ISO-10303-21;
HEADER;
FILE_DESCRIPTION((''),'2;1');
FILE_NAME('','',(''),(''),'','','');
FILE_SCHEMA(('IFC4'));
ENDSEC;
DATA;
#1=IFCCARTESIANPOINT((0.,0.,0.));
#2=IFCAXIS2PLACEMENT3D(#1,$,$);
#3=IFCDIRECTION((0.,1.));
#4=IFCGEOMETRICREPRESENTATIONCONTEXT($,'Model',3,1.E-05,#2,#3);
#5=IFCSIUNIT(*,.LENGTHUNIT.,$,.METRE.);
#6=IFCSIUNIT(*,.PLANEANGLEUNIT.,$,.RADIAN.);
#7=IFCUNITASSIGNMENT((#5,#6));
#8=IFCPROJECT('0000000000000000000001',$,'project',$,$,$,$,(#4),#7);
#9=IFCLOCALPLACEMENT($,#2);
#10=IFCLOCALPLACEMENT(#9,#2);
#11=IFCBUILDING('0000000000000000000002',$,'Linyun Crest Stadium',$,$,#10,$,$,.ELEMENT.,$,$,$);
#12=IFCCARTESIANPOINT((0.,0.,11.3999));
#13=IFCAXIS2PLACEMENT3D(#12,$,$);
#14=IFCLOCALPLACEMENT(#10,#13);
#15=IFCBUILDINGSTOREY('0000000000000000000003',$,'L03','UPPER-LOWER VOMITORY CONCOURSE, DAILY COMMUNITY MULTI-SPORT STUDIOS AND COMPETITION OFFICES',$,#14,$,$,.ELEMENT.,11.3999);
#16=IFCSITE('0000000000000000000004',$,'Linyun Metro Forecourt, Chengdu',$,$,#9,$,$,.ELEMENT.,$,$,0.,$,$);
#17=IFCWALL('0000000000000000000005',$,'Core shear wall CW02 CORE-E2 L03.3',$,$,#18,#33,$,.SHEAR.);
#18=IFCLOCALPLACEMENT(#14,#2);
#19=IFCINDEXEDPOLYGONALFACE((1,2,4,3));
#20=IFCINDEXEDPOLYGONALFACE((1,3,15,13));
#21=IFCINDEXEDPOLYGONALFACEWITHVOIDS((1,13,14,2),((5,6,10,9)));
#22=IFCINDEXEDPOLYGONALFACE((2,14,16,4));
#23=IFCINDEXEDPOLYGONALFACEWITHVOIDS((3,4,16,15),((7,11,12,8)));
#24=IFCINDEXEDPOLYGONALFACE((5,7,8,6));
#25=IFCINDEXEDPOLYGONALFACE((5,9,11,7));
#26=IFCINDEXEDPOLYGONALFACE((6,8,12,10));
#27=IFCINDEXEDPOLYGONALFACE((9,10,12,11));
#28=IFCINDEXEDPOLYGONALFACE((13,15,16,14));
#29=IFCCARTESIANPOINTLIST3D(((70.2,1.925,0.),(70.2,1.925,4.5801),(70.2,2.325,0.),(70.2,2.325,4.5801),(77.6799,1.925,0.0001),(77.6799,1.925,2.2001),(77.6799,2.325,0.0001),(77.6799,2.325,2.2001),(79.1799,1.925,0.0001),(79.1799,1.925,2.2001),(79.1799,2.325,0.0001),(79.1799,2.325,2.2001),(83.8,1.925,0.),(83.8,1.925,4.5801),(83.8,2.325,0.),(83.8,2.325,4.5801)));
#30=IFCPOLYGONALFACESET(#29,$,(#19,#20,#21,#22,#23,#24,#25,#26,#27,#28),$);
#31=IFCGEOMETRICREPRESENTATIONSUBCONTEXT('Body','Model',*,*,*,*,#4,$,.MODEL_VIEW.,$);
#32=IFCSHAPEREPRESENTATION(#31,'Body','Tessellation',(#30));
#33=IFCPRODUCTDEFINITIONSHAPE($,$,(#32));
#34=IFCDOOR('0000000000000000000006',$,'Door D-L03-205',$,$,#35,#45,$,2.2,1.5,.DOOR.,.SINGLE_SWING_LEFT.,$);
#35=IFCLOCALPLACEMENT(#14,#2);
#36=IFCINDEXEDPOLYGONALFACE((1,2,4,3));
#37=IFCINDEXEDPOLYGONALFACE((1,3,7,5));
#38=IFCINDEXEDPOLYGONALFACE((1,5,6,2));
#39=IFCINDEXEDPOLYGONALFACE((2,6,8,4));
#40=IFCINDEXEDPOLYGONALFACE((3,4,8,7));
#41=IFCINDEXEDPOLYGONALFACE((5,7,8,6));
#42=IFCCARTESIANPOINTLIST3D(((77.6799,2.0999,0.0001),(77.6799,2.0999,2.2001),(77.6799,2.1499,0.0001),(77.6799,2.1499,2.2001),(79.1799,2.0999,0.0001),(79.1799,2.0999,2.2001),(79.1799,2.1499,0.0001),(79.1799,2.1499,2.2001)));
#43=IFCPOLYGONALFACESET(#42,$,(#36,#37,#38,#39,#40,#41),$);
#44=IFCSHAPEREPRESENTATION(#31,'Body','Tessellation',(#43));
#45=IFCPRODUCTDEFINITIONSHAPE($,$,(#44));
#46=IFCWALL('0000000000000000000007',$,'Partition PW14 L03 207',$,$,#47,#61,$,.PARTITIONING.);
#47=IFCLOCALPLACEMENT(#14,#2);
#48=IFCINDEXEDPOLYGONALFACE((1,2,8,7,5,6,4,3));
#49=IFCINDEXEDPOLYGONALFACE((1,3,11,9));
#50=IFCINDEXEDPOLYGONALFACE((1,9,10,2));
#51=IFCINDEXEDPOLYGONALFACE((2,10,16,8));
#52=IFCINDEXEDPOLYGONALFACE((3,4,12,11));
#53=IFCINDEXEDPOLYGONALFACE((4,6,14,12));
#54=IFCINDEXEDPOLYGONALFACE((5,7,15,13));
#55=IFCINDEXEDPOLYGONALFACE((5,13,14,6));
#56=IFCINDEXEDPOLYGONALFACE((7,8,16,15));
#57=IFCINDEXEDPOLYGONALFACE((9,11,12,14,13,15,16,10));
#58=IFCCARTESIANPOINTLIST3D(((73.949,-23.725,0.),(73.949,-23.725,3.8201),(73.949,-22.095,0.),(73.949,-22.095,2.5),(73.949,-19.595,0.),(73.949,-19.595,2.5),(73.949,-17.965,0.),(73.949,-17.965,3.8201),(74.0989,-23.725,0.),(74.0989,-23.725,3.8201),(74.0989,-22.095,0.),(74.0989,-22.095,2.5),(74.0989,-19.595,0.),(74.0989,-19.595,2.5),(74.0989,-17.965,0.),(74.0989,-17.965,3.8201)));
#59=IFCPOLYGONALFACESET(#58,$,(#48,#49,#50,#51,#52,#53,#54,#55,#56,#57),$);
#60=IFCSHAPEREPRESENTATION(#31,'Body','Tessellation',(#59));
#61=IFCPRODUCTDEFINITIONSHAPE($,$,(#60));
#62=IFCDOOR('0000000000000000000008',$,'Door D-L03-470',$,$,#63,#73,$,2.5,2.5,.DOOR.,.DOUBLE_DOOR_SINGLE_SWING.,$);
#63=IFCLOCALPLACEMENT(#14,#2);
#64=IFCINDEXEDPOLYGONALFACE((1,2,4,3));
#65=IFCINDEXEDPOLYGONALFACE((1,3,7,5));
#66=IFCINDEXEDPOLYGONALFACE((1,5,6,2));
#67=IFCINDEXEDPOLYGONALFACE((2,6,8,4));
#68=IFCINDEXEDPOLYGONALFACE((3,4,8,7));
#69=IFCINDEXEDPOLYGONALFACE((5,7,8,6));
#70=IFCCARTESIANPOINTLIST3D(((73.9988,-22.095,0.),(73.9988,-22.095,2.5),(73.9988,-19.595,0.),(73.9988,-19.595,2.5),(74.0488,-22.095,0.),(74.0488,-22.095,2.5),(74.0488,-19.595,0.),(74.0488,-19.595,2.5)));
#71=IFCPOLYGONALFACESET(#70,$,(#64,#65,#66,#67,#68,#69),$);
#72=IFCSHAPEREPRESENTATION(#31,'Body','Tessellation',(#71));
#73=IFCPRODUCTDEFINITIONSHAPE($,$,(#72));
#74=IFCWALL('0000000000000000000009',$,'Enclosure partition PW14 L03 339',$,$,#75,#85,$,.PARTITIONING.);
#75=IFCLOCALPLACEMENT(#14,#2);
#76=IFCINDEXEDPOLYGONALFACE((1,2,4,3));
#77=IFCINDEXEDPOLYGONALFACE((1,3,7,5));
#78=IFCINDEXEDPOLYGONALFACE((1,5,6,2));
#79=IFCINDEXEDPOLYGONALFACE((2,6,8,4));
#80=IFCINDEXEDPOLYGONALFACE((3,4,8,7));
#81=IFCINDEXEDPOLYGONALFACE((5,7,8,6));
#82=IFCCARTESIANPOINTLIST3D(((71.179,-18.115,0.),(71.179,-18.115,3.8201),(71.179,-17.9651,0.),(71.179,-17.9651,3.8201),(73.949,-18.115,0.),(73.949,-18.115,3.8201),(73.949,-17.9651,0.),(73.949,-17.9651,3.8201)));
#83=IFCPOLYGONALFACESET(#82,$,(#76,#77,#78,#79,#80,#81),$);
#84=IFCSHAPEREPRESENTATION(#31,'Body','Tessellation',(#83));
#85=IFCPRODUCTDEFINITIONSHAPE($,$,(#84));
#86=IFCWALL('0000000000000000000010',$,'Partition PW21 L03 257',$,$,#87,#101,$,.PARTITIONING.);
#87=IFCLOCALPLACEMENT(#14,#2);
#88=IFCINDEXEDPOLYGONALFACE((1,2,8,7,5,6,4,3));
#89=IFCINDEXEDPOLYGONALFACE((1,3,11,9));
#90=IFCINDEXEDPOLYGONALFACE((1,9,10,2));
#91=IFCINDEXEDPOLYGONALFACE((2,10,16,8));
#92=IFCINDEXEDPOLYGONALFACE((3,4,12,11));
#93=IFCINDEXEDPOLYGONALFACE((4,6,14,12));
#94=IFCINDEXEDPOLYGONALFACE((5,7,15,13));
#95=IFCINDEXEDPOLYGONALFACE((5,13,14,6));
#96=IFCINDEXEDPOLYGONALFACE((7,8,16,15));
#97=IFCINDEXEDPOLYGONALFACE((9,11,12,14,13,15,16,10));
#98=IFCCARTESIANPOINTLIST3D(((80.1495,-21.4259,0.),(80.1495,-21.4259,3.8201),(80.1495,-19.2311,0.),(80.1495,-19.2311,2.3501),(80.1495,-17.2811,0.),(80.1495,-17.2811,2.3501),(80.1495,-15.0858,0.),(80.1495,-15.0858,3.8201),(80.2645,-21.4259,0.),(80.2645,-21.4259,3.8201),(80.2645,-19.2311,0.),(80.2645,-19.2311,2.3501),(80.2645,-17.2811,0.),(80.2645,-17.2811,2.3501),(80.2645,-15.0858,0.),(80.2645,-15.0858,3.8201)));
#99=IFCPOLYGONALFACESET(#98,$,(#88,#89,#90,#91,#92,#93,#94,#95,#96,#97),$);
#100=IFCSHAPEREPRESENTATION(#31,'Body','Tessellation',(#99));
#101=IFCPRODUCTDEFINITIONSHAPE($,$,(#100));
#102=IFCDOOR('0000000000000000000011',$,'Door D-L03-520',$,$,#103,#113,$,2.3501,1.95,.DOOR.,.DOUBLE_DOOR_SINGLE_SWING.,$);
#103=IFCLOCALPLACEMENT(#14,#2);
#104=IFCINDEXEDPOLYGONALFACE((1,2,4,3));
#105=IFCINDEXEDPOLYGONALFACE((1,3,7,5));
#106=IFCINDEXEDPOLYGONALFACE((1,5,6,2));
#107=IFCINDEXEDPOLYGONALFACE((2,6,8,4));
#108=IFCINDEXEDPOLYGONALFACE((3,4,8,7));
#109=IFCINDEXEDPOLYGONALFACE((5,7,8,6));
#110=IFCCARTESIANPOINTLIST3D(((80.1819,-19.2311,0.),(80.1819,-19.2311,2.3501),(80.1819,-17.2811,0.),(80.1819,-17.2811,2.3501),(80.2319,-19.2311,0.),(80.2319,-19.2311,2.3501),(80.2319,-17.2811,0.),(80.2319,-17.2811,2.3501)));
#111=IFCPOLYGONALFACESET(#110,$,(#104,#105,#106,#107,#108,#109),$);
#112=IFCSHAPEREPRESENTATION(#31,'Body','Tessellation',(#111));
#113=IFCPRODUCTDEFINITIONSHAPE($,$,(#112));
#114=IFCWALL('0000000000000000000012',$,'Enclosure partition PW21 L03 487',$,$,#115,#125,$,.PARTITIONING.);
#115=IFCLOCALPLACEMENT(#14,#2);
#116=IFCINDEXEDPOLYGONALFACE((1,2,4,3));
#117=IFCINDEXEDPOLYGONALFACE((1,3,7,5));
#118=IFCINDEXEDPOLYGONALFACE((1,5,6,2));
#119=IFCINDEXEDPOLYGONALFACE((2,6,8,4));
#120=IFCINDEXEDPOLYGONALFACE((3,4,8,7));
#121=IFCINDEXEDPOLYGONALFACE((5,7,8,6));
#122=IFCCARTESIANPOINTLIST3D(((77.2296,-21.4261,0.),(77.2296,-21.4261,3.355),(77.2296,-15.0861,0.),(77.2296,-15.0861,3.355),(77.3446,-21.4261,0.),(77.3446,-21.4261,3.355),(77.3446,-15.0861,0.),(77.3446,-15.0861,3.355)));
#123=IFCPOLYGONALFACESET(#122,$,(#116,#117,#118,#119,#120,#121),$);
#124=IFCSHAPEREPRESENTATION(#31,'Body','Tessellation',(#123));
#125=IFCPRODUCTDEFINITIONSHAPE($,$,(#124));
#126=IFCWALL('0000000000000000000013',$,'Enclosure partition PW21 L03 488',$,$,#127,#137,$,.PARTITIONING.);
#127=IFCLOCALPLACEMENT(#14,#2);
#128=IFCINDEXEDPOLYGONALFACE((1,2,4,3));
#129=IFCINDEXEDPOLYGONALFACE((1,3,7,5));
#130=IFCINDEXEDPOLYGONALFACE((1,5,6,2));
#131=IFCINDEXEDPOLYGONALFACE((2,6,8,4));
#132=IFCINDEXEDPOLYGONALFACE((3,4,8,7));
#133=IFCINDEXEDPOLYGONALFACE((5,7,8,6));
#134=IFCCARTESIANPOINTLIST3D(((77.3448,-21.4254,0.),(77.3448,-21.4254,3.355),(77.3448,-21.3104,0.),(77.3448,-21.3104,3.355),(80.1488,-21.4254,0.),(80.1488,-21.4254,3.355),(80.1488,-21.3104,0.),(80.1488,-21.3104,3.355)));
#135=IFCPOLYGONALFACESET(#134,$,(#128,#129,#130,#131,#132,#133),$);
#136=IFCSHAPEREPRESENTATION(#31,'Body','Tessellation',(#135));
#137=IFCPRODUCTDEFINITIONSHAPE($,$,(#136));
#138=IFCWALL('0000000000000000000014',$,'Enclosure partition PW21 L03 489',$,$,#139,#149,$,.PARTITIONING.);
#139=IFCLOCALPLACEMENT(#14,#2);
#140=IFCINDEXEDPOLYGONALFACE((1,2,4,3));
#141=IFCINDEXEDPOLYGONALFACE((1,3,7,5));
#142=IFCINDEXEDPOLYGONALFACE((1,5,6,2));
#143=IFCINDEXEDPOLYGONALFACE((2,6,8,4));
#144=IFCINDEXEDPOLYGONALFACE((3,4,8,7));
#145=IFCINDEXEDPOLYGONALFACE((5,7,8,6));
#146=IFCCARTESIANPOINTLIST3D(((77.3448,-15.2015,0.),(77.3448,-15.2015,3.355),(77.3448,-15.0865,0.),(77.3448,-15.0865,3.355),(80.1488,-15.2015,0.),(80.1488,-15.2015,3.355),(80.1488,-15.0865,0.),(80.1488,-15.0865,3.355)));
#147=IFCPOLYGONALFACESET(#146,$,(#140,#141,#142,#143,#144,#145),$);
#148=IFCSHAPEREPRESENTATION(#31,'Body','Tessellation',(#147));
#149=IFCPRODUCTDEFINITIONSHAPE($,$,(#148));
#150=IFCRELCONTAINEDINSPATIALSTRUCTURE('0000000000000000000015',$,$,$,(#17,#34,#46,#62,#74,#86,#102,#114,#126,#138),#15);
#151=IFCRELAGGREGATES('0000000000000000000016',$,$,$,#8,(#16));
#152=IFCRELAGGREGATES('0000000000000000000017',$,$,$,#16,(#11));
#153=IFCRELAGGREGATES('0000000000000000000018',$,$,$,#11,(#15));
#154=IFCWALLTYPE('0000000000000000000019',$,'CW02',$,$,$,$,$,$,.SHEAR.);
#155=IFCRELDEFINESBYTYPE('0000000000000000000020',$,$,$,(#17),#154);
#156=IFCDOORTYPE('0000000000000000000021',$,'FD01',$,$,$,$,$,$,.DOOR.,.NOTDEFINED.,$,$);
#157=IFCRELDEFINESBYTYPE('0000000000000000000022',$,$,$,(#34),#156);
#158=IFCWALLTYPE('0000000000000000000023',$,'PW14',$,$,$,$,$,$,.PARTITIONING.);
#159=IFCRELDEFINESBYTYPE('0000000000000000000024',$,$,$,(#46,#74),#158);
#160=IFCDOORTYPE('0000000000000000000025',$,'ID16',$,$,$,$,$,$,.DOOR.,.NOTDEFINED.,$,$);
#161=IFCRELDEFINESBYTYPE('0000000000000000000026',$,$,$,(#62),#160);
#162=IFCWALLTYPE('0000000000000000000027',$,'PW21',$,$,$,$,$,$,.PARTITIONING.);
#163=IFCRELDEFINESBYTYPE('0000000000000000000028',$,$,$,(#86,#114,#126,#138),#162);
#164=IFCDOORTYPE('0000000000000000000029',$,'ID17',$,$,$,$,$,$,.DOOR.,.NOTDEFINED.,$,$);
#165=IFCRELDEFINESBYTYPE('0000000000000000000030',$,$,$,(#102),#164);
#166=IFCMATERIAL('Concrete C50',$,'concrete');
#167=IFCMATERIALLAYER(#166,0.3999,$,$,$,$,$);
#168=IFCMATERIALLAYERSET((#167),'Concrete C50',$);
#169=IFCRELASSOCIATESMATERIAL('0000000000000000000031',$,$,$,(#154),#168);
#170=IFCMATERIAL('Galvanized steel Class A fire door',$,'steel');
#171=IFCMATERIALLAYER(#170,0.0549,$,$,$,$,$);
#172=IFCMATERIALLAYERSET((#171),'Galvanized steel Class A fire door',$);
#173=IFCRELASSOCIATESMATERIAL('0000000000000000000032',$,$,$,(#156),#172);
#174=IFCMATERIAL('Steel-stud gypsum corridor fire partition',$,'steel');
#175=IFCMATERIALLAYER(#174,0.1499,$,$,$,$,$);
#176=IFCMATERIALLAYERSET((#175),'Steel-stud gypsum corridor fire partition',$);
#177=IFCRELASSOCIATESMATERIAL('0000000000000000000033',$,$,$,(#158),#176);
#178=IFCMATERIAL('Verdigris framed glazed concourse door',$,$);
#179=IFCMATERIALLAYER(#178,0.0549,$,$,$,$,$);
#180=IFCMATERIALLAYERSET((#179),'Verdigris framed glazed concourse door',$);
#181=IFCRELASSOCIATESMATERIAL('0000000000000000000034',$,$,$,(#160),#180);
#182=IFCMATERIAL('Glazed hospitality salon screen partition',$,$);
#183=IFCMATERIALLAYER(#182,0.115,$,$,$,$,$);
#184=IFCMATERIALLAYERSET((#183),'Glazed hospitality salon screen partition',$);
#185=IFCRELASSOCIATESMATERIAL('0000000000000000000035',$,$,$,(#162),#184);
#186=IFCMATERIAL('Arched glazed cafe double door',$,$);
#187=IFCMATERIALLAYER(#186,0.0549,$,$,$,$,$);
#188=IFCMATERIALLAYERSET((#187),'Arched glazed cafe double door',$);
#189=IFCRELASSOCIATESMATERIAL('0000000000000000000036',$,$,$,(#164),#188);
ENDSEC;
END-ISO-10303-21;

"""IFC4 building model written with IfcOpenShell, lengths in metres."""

from ifc_helpers import new_model, si_unit, direction, frame, frame_2d, origin, place, context, subcontext, project, spatial, rectangle, extrude, material, layer, layer_set, type_object, element, fill, save


model = new_model("IFC4")

# Units and contexts
model_context = context("Model", 3, precision=1e-05, world=origin(), true_north=direction((0.0, 1.0)))
body_context = subcontext(model_context, "Body", "Model", "MODEL_VIEW")
ifc_project = project(units=[si_unit("LENGTHUNIT", "METRE"), si_unit("PLANEANGLEUNIT", "RADIAN")], contexts=[model_context])

# Site, building, storey
site_placement = place(None, origin())
site = spatial("IfcSite", under=ifc_project, at=site_placement, Name="Linyun Metro Forecourt, Chengdu", CompositionType="ELEMENT", RefElevation=0.0)
building_placement = place(site_placement, origin())
building = spatial("IfcBuilding", under=site, at=building_placement, Name="Linyun Crest Stadium", CompositionType="ELEMENT")
storey_placement = place(building_placement, frame((0.0, 0.0, 11.3999)))
storey = spatial("IfcBuildingStorey", under=building, at=storey_placement, Name="L03", Description="UPPER-LOWER VOMITORY CONCOURSE, DAILY COMMUNITY MULTI-SPORT STUDIOS AND COMPETITION OFFICES", CompositionType="ELEMENT", Elevation=11.3999)

# Shared definitions
ifc_material_1 = material(Name="Concrete C50", Category="concrete")
ifc_layer_1 = layer(ifc_material_1, 0.3999)
ifc_layer_set_1 = layer_set([ifc_layer_1], Name="Concrete C50")
wall_type_1 = type_object("IfcWallType", Name="CW02", PredefinedType="SHEAR", material=ifc_layer_set_1)

# Walls, openings, doors
wall_1_placement = place(storey_placement, frame((70.2, 2.125, 0.0), z_axis=(0.0, 0.0, 1.0), x_axis=(1.0, 0.0, 0.0)))
wall_1 = element("IfcWall", 1, at=wall_1_placement, inside=storey, type_object=wall_type_1, Name="Core shear wall CW02 CORE-E2 L03.3", PredefinedType="SHEAR", context=body_context, shape_type="SweptSolid", body=[
    extrude(rectangle(XDim=13.6001, YDim=0.3999, at=frame_2d((6.8, 0.0))), origin(), (0.0, 0.0, 1.0), 4.5801),
])
opening_1_placement = place(wall_1_placement, frame((7.48, 0.0, 0.0)))
opening_1 = element("IfcOpeningElement", 2, at=opening_1_placement, cuts=wall_1, PredefinedType="OPENING", context=body_context, shape_type="SweptSolid", body=[
    extrude(rectangle(XDim=1.5, YDim=2.2, at=frame_2d((0.75, 1.1001))), frame((0.0, 0.21, 0.0), z_axis=(0.0, -1.0, 0.0), x_axis=(1.0, 0.0, 0.0)), (0.0, 0.0, 1.0), 0.4199),
])
ifc_material_2 = material(Name="Galvanized steel Class A fire door", Category="steel")
ifc_layer_2 = layer(ifc_material_2, 0.0549)
ifc_layer_set_2 = layer_set([ifc_layer_2], Name="Galvanized steel Class A fire door")
door_type_1 = type_object("IfcDoorType", Name="FD01", OperationType="NOTDEFINED", PredefinedType="DOOR", material=ifc_layer_set_2)
door_1_placement = place(opening_1_placement, origin())
door_1 = element("IfcDoor", 3, at=door_1_placement, inside=storey, type_object=door_type_1, Name="Door D-L03-205", OperationType="SINGLE_SWING_LEFT", OverallHeight=2.2, OverallWidth=1.5, PredefinedType="DOOR", context=body_context, shape_type="SweptSolid", body=[
    extrude(rectangle(XDim=1.5, YDim=2.2, at=frame_2d((0.75, 1.1001))), frame((0.0, 0.0249, 0.0), z_axis=(0.0, -1.0, 0.0), x_axis=(1.0, 0.0, 0.0)), (0.0, 0.0, 1.0), 0.05),
])
fill(opening_1, door_1)
ifc_material_3 = material(Name="Steel-stud gypsum corridor fire partition", Category="steel")
ifc_layer_3 = layer(ifc_material_3, 0.1499)
ifc_layer_set_3 = layer_set([ifc_layer_3], Name="Steel-stud gypsum corridor fire partition")
wall_type_2 = type_object("IfcWallType", Name="PW14", PredefinedType="PARTITIONING", material=ifc_layer_set_3)
wall_2_placement = place(storey_placement, frame((74.0239, -17.9651, 0.0), z_axis=(0.0, 0.0, 1.0), x_axis=(0.0, -1.0, 0.0)))
wall_2 = element("IfcWall", 4, at=wall_2_placement, inside=storey, type_object=wall_type_2, Name="Partition PW14 L03 207", PredefinedType="PARTITIONING", context=body_context, shape_type="SweptSolid", body=[
    extrude(rectangle(XDim=5.76, YDim=0.1499, at=frame_2d((2.8799, 0.0))), origin(), (0.0, 0.0, 1.0), 3.8201),
])
opening_2_placement = place(wall_2_placement, frame((1.6299, 0.0, 0.0)))
opening_2 = element("IfcOpeningElement", 5, at=opening_2_placement, cuts=wall_2, PredefinedType="OPENING", context=body_context, shape_type="SweptSolid", body=[
    extrude(rectangle(XDim=2.5, YDim=2.5, at=frame_2d((1.25, 1.25))), frame((0.0, 0.085, 0.0), z_axis=(0.0, -1.0, 0.0), x_axis=(1.0, 0.0, 0.0)), (0.0, 0.0, 1.0), 0.1699),
])
ifc_material_4 = material(Name="Verdigris framed glazed concourse door")
ifc_layer_4 = layer(ifc_material_4, 0.0549)
ifc_layer_set_4 = layer_set([ifc_layer_4], Name="Verdigris framed glazed concourse door")
door_type_2 = type_object("IfcDoorType", Name="ID16", OperationType="NOTDEFINED", PredefinedType="DOOR", material=ifc_layer_set_4)
door_2_placement = place(opening_2_placement, origin())
door_2 = element("IfcDoor", 6, at=door_2_placement, inside=storey, type_object=door_type_2, Name="Door D-L03-470", OperationType="DOUBLE_DOOR_SINGLE_SWING", OverallHeight=2.5, OverallWidth=2.5, PredefinedType="DOOR", context=body_context, shape_type="SweptSolid", body=[
    extrude(rectangle(XDim=2.5, YDim=2.5, at=frame_2d((1.25, 1.25))), frame((0.0, 0.0249, 0.0), z_axis=(0.0, -1.0, 0.0), x_axis=(1.0, 0.0, 0.0)), (0.0, 0.0, 1.0), 0.05),
])
fill(opening_2, door_2)

# Wall
wall_3_placement = place(storey_placement, frame((71.179, -18.04, 0.0), z_axis=(0.0, 0.0, 1.0), x_axis=(1.0, 0.0, 0.0)))
element("IfcWall", 7, at=wall_3_placement, inside=storey, type_object=wall_type_2, Name="Enclosure partition PW14 L03 339", PredefinedType="PARTITIONING", context=body_context, shape_type="SweptSolid", body=[
    extrude(rectangle(XDim=2.77, YDim=0.1499, at=frame_2d((1.385, 0.0))), origin(), (0.0, 0.0, 1.0), 3.8201),
])

# Wall, opening, door
ifc_material_5 = material(Name="Glazed hospitality salon screen partition")
ifc_layer_5 = layer(ifc_material_5, 0.115)
ifc_layer_set_5 = layer_set([ifc_layer_5], Name="Glazed hospitality salon screen partition")
wall_type_3 = type_object("IfcWallType", Name="PW21", PredefinedType="PARTITIONING", material=ifc_layer_set_5)
wall_4_placement = place(storey_placement, frame((80.207, -15.0859, 0.0), z_axis=(0.0, 0.0, 1.0), x_axis=(0.0, -1.0, 0.0)))
wall_4 = element("IfcWall", 8, at=wall_4_placement, inside=storey, type_object=wall_type_3, Name="Partition PW21 L03 257", PredefinedType="PARTITIONING", context=body_context, shape_type="SweptSolid", body=[
    extrude(rectangle(XDim=6.3401, YDim=0.115, at=frame_2d((3.1699, 0.0))), origin(), (0.0, 0.0, 1.0), 3.8201),
])
opening_3_placement = place(wall_4_placement, frame((2.1951, 0.0, 0.0)))
opening_3 = element("IfcOpeningElement", 9, at=opening_3_placement, cuts=wall_4, PredefinedType="OPENING", context=body_context, shape_type="SweptSolid", body=[
    extrude(rectangle(XDim=1.95, YDim=2.3501, at=frame_2d((0.9751, 1.175))), frame((0.0, 0.0674, 0.0), z_axis=(0.0, -1.0, 0.0), x_axis=(1.0, 0.0, 0.0)), (0.0, 0.0, 1.0), 0.135),
])
ifc_material_6 = material(Name="Arched glazed cafe double door")
ifc_layer_6 = layer(ifc_material_6, 0.0549)
ifc_layer_set_6 = layer_set([ifc_layer_6], Name="Arched glazed cafe double door")
door_type_3 = type_object("IfcDoorType", Name="ID17", OperationType="NOTDEFINED", PredefinedType="DOOR", material=ifc_layer_set_6)
door_3_placement = place(opening_3_placement, origin())
door_3 = element("IfcDoor", 10, at=door_3_placement, inside=storey, type_object=door_type_3, Name="Door D-L03-520", OperationType="DOUBLE_DOOR_SINGLE_SWING", OverallHeight=2.3501, OverallWidth=1.95, PredefinedType="DOOR", context=body_context, shape_type="SweptSolid", body=[
    extrude(rectangle(XDim=1.95, YDim=2.3501, at=frame_2d((0.9751, 1.175))), frame((0.0, 0.0249, 0.0), z_axis=(0.0, -1.0, 0.0), x_axis=(1.0, 0.0, 0.0)), (0.0, 0.0, 1.0), 0.05),
])
fill(opening_3, door_3)

# Walls
wall_5_placement = place(storey_placement, frame((77.2871, -21.426, 0.0), z_axis=(0.0, 0.0, 1.0), x_axis=(0.0, 1.0, 0.0)))
element("IfcWall", 11, at=wall_5_placement, inside=storey, type_object=wall_type_3, Name="Enclosure partition PW21 L03 487", PredefinedType="PARTITIONING", context=body_context, shape_type="SweptSolid", body=[
    extrude(rectangle(XDim=6.3401, YDim=0.115, at=frame_2d((3.1699, 0.0))), origin(), (0.0, 0.0, 1.0), 3.355),
])
for number, where, z_axis, x_axis, name in (
    (12, (77.345, -21.3679, 0.0), (0.0, 0.0, 1.0), (1.0, 0.0, 0.0), "Enclosure partition PW21 L03 488"),
    (13, (77.345, -15.144, 0.0), (0.0, 0.0, 1.0), (1.0, 0.0, 0.0), "Enclosure partition PW21 L03 489"),
):
    element("IfcWall", number, at=place(storey_placement, frame(where, z_axis=z_axis, x_axis=x_axis)), inside=storey, type_object=wall_type_3, Name=name, PredefinedType="PARTITIONING", context=body_context, shape_type="SweptSolid", body=[
        extrude(rectangle(XDim=2.804, YDim=0.115, at=frame_2d((1.4019, 0.0))), origin(), (0.0, 0.0, 1.0), 3.355),
    ])

save(model, "model.ifc")
